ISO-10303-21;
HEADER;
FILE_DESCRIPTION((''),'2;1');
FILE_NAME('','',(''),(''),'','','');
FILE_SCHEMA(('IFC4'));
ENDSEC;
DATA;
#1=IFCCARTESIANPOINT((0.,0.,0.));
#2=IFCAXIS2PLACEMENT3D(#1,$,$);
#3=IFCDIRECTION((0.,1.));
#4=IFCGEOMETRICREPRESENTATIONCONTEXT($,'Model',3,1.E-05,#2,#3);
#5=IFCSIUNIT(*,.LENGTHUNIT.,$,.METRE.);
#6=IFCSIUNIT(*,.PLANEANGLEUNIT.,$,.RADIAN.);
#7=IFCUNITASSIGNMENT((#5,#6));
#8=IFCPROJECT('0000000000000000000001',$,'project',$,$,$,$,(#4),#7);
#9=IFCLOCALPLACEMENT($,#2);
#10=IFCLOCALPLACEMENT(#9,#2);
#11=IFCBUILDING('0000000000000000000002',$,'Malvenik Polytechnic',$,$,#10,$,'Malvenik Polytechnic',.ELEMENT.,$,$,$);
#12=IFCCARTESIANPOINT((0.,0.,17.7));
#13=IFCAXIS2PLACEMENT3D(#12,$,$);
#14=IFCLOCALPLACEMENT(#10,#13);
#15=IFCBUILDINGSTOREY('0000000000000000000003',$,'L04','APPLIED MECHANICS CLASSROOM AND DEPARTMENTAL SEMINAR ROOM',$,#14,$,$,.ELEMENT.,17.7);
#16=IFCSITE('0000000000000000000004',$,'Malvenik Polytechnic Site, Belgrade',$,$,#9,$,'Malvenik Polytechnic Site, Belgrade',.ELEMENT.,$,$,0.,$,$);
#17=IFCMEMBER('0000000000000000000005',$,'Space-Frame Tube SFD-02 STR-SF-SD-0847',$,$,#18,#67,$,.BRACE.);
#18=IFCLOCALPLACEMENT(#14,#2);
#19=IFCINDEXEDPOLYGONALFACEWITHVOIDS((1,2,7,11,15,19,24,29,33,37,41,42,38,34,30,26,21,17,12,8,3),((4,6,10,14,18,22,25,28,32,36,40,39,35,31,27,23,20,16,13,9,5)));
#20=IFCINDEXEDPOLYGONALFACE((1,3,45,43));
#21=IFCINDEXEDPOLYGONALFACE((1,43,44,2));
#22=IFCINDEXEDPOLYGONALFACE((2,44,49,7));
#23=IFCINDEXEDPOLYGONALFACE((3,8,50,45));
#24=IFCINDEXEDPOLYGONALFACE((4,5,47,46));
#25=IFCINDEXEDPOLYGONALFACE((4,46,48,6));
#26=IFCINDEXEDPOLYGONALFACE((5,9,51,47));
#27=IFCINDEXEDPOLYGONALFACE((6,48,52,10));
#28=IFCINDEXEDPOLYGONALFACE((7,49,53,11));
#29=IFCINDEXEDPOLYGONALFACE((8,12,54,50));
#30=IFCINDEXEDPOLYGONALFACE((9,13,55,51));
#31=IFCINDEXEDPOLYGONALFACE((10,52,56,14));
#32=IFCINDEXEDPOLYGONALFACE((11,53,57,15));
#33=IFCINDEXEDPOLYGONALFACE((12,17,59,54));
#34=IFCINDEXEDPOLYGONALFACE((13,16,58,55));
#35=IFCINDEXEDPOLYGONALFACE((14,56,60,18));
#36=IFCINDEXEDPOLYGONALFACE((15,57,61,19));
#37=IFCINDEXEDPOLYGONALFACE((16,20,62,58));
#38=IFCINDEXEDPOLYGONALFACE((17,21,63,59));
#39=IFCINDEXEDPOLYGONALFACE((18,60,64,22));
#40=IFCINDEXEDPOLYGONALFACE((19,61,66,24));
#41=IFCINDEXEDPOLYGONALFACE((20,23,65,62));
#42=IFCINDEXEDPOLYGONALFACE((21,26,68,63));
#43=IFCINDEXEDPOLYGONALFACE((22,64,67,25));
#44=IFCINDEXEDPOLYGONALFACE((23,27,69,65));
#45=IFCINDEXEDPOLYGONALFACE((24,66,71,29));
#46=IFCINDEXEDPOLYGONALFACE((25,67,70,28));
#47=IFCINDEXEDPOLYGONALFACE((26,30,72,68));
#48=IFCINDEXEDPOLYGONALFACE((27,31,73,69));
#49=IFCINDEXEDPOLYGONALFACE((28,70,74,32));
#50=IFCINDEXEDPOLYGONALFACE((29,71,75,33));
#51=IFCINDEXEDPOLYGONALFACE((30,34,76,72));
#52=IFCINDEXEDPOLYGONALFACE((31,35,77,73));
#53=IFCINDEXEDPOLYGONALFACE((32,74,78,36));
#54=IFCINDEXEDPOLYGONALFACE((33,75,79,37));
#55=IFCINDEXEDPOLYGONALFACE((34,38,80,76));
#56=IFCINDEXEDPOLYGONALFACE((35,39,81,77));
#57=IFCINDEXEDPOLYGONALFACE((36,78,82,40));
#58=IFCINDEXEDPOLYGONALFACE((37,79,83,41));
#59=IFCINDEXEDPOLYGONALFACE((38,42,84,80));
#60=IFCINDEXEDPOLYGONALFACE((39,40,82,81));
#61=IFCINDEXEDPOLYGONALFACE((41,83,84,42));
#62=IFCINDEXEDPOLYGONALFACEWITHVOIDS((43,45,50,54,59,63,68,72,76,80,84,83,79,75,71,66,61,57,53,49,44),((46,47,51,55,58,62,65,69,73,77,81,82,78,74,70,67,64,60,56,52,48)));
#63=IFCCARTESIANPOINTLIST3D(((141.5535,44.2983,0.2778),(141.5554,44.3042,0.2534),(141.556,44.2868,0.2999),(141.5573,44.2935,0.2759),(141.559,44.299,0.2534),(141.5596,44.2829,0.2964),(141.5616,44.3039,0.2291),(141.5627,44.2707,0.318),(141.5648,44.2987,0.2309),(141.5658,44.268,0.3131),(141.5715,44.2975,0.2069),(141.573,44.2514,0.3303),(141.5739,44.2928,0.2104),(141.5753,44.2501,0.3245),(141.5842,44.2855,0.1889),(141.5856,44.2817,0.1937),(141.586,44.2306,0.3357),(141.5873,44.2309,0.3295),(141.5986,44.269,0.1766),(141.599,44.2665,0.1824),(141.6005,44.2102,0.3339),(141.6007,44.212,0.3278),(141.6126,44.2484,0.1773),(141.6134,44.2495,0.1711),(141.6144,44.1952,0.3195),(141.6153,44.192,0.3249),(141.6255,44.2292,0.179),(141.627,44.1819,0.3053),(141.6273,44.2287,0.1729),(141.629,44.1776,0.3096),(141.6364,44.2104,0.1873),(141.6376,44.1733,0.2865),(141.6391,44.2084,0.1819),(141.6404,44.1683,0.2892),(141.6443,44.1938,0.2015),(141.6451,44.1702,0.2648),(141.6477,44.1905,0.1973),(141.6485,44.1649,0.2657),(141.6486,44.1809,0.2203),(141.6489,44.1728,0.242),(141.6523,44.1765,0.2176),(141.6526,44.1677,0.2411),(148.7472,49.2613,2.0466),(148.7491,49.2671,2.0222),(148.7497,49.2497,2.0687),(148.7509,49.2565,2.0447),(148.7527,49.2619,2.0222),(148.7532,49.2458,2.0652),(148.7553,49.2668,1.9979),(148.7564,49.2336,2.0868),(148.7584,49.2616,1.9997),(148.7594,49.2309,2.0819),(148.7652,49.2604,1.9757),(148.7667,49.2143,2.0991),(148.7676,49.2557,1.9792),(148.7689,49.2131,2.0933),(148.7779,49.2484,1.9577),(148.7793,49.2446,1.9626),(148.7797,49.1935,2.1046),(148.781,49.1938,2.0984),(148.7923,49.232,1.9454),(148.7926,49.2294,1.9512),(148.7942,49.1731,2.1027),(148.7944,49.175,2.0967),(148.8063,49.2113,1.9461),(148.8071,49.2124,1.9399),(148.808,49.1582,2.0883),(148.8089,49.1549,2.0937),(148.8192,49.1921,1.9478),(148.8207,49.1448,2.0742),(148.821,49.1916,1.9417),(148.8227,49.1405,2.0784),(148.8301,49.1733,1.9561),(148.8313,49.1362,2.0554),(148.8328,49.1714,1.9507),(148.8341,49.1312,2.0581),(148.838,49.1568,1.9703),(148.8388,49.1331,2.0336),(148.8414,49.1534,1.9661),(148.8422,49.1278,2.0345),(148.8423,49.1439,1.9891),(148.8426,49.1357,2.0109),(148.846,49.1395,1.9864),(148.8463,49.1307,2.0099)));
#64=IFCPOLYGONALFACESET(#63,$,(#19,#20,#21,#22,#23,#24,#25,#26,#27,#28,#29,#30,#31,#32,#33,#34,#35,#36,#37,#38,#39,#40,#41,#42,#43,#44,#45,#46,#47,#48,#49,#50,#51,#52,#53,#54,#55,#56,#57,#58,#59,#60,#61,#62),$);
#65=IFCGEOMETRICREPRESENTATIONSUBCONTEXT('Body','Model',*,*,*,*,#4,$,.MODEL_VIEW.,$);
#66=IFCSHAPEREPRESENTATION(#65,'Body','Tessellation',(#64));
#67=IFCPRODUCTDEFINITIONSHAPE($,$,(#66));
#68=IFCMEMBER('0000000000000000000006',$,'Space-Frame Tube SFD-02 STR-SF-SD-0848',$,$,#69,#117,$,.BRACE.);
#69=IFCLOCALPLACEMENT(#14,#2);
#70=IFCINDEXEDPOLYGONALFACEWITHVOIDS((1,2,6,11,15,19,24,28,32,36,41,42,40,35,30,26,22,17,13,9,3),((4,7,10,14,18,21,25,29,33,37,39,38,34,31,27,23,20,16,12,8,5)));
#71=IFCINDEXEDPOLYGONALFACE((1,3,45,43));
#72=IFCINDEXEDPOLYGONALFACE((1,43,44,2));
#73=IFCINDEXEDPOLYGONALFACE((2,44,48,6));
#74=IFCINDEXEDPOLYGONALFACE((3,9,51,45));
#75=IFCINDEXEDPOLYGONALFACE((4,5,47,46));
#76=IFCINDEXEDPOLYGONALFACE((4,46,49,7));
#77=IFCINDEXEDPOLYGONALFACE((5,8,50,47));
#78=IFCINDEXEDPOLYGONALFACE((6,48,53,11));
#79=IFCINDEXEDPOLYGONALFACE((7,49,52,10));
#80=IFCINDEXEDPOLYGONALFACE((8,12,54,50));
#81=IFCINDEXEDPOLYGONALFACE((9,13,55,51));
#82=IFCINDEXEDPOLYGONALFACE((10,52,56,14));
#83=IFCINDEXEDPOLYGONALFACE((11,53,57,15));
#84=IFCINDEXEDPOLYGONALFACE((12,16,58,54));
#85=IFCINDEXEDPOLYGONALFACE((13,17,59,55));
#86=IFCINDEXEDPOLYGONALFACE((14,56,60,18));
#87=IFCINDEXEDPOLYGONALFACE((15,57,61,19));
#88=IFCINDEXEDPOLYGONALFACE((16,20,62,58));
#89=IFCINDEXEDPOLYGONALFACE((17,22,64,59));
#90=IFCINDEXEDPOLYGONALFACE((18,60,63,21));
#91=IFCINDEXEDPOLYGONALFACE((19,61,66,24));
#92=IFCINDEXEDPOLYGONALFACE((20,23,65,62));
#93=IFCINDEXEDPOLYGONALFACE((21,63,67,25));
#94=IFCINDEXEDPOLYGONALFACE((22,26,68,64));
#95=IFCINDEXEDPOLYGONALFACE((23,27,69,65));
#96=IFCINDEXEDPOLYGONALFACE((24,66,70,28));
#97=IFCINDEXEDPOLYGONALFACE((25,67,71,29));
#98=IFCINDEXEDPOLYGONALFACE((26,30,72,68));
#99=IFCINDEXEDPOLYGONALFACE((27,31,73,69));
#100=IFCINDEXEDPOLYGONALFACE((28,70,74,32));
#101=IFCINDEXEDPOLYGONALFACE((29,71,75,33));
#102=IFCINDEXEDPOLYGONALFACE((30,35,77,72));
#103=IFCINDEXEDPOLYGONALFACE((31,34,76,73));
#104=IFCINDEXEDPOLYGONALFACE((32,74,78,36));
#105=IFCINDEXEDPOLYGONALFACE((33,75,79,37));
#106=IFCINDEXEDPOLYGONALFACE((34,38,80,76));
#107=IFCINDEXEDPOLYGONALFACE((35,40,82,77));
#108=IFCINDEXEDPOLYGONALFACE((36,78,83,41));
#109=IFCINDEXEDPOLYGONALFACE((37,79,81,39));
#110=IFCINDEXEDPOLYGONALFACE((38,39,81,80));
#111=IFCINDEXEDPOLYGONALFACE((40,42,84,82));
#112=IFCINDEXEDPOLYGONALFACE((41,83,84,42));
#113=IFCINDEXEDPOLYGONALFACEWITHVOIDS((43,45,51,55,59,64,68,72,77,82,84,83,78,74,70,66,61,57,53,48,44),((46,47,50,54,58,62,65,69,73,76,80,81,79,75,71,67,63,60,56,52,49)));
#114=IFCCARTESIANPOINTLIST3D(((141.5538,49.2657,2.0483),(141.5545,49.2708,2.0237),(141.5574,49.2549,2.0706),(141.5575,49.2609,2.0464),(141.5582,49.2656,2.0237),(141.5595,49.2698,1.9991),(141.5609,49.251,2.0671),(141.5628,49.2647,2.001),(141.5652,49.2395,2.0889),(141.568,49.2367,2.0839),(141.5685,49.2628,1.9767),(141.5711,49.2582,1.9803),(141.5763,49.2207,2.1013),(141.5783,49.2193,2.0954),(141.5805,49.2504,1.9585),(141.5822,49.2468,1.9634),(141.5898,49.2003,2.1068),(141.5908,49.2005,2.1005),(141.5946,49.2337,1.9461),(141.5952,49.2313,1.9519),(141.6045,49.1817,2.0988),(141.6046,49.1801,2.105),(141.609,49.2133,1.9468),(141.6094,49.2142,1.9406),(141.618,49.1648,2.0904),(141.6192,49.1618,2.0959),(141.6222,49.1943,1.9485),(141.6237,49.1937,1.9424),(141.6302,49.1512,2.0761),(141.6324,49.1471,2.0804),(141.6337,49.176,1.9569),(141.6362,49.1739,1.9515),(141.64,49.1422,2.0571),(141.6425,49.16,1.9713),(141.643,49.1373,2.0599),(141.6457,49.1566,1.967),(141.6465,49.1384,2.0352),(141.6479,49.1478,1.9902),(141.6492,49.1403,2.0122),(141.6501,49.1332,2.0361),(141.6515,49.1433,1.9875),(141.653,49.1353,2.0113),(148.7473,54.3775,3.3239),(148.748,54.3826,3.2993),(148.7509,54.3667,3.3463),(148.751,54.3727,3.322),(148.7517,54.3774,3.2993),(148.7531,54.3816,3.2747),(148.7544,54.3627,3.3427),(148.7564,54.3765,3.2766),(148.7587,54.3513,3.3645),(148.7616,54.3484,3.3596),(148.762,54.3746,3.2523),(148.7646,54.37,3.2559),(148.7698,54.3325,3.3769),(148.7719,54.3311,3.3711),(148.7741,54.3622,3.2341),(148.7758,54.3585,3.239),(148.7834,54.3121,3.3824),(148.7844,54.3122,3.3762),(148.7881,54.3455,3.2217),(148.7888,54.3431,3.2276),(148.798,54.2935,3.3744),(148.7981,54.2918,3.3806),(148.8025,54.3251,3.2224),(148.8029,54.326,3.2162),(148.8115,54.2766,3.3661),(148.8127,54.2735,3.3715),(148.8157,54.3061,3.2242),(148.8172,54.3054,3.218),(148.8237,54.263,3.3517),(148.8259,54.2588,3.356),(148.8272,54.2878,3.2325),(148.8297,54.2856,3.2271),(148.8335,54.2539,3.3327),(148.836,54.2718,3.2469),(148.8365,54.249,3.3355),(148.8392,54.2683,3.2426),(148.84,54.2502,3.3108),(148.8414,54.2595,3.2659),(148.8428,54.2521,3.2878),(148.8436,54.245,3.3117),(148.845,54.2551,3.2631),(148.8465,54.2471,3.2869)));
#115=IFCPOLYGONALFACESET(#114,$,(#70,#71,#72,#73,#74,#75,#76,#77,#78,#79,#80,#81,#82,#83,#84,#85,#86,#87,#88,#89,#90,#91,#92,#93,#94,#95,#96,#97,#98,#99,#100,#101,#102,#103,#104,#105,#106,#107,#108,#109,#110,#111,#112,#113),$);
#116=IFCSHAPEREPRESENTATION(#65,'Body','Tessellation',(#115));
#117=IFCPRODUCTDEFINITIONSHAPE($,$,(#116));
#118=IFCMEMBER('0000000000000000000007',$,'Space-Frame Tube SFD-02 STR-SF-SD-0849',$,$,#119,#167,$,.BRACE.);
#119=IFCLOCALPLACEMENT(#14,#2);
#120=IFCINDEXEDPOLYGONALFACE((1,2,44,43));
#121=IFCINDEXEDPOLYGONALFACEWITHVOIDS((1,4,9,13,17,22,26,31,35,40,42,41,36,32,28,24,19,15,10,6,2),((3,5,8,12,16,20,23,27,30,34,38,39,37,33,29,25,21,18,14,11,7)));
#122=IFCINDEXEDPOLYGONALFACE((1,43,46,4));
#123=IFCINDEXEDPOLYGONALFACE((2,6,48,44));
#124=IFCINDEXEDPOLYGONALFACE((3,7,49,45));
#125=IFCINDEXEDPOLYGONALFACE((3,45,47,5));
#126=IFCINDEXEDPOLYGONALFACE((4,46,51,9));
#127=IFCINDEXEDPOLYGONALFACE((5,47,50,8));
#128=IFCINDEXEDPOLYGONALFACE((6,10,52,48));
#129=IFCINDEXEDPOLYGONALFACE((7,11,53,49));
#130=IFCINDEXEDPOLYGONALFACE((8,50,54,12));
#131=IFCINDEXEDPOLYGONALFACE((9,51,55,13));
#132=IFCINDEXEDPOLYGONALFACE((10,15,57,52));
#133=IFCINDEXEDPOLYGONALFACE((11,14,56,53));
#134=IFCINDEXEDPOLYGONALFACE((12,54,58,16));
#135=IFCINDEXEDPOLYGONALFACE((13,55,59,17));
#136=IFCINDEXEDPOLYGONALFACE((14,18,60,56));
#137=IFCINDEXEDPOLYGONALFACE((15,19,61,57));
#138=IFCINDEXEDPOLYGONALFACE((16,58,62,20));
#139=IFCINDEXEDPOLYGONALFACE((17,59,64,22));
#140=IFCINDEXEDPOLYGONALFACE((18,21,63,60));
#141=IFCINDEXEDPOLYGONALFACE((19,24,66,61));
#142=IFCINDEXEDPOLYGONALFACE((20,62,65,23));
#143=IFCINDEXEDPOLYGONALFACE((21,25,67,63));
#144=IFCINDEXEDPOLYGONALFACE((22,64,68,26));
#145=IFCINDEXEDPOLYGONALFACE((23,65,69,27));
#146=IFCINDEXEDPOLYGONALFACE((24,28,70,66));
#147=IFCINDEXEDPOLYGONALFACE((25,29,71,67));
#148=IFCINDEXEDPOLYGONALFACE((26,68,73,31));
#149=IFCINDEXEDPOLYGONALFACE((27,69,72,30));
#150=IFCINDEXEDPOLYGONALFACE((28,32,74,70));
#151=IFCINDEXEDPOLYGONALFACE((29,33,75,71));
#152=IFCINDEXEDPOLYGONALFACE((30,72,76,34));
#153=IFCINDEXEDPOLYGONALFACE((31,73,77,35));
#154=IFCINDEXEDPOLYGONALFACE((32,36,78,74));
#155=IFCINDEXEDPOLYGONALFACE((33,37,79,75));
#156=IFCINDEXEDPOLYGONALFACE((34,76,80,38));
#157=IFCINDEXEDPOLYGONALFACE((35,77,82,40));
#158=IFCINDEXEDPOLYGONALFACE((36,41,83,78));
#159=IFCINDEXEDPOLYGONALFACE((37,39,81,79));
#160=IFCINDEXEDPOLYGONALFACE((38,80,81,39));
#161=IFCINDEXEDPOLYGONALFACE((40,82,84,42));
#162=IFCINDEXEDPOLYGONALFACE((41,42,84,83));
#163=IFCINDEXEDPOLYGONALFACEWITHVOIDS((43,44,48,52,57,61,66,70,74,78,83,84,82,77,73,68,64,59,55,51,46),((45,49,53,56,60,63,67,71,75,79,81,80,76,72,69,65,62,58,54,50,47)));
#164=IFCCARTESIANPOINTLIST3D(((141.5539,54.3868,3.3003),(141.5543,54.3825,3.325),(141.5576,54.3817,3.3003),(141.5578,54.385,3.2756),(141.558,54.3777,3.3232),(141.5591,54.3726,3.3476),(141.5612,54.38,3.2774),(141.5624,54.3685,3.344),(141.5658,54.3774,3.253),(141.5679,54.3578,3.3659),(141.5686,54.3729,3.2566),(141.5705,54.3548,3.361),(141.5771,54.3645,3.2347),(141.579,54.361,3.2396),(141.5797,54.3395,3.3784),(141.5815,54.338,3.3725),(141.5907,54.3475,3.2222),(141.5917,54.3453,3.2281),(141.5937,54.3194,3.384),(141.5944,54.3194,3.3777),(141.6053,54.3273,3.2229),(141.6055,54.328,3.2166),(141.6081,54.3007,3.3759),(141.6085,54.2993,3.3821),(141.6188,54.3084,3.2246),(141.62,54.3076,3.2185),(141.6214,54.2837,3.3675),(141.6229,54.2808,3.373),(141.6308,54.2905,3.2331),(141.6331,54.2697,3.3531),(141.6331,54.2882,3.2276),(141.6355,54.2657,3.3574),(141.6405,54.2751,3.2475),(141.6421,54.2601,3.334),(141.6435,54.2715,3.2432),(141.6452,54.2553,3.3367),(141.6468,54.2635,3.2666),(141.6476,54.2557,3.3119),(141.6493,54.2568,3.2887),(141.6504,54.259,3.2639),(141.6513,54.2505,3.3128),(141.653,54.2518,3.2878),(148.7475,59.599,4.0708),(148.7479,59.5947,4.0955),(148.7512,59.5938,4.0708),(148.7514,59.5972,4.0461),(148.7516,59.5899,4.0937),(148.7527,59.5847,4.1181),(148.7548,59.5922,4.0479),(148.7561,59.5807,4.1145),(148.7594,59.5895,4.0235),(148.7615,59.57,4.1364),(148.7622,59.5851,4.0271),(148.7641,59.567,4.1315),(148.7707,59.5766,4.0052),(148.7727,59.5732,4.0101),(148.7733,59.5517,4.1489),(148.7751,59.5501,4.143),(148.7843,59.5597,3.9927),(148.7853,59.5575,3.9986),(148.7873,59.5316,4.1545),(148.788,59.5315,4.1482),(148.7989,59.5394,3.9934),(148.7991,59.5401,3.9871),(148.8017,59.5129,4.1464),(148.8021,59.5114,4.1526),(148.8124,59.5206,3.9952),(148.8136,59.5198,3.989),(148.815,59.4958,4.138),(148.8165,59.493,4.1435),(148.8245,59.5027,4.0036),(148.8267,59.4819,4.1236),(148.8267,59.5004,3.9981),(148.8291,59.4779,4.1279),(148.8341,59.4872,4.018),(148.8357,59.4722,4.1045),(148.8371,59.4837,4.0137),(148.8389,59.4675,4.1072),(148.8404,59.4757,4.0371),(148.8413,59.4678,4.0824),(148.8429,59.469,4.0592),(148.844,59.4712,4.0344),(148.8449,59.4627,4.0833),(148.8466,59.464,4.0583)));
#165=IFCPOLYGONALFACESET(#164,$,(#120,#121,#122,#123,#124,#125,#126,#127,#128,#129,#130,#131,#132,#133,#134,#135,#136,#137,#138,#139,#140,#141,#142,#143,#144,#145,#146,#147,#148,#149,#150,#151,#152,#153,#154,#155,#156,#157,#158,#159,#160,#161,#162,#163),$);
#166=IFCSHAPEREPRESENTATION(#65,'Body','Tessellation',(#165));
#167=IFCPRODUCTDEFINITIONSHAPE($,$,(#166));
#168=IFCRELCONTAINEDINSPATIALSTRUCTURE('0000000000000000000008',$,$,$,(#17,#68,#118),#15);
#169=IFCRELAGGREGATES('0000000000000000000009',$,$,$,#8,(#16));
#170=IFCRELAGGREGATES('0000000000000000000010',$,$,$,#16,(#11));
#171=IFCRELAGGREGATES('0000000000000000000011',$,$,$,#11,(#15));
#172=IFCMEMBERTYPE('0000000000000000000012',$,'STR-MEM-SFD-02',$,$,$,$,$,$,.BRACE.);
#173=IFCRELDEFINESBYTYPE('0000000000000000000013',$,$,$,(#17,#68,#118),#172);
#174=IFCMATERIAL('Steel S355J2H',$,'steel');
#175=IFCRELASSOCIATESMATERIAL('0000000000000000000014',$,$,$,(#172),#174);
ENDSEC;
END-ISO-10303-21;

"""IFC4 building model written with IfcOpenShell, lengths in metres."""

from ifc_helpers import new_model, si_unit, direction, frame, origin, origin_2d, place, context, subcontext, project, spatial, hollow_circle, extrude, material, material_profile, profile_set, type_object, element, save


model = new_model("IFC4")

# Units and contexts
model_context = context("Model", 3, precision=1e-05, world=origin(), true_north=direction((0.0, 1.0)))
body_context = subcontext(model_context, "Body", "Model", "MODEL_VIEW")
ifc_project = project(units=[si_unit("LENGTHUNIT", "METRE"), si_unit("PLANEANGLEUNIT", "RADIAN")], contexts=[model_context])

# Site, building, storey
site_placement = place(None, origin())
site = spatial("IfcSite", under=ifc_project, at=site_placement, Name="Malvenik Polytechnic Site, Belgrade", LongName="Malvenik Polytechnic Site, Belgrade", CompositionType="ELEMENT", RefElevation=0.0)
building_placement = place(site_placement, origin())
building = spatial("IfcBuilding", under=site, at=building_placement, Name="Malvenik Polytechnic", LongName="Malvenik Polytechnic", CompositionType="ELEMENT")
storey_placement = place(building_placement, frame((0.0, 0.0, 17.7)))
storey = spatial("IfcBuildingStorey", under=building, at=storey_placement, Name="L04", Description="APPLIED MECHANICS CLASSROOM AND DEPARTMENTAL SEMINAR ROOM", CompositionType="ELEMENT", Elevation=17.7)

# Members
ifc_material = material(Name="Steel S355J2H", Category="steel")
ifc_material_profile_1 = material_profile(ifc_material, hollow_circle(Radius=0.0842, WallThickness=0.0063, at=origin_2d()), Name="CHS 168.3x6.3")
ifc_profile_set_1 = profile_set([ifc_material_profile_1], Name="Steel S355J2H")
member_type_1 = type_object("IfcMemberType", Name="STR-MEM-SFD-02", PredefinedType="BRACE", material=ifc_profile_set_1)
member_1_placement = place(storey_placement, frame((141.6033, 44.2349, 0.2534), z_axis=(0.80676, 0.556586, 0.19837), x_axis=(-0.567871, 0.823117, 0.0)))
element("IfcMember", 1, at=member_1_placement, inside=storey, type_object=member_type_1, Name="Space-Frame Tube SFD-02 STR-SF-SD-0847", PredefinedType="BRACE", context=body_context, shape_type="SweptSolid", body=[
    extrude(hollow_circle(Radius=0.0842, WallThickness=0.0063, at=origin_2d()), origin(), (0.0, 0.0, 1.0), 8.9167),
])
member_2_placement = place(storey_placement, frame((141.6033, 49.2021, 2.0237), z_axis=(0.806765, 0.573292, 0.143063), x_axis=(-0.57925, 0.81515, 0.0)))
element("IfcMember", 2, at=member_2_placement, inside=storey, type_object=member_type_1, Name="Space-Frame Tube SFD-02 STR-SF-SD-0848", PredefinedType="BRACE", context=body_context, shape_type="SweptSolid", body=[
    extrude(hollow_circle(Radius=0.0842, WallThickness=0.0063, at=origin_2d()), origin(), (0.0, 0.0, 1.0), 8.9165),
])
member_3_placement = place(storey_placement, frame((141.6033, 54.3186, 3.3003), z_axis=(0.806753, 0.584536, 0.086411), x_axis=(-0.586731, 0.809782, 0.0)))
element("IfcMember", 3, at=member_3_placement, inside=storey, type_object=member_type_1, Name="Space-Frame Tube SFD-02 STR-SF-SD-0849", PredefinedType="BRACE", context=body_context, shape_type="SweptSolid", body=[
    extrude(hollow_circle(Radius=0.0842, WallThickness=0.0063, at=origin_2d()), origin(), (0.0, 0.0, 1.0), 8.9167),
])

save(model, "model.ifc")
